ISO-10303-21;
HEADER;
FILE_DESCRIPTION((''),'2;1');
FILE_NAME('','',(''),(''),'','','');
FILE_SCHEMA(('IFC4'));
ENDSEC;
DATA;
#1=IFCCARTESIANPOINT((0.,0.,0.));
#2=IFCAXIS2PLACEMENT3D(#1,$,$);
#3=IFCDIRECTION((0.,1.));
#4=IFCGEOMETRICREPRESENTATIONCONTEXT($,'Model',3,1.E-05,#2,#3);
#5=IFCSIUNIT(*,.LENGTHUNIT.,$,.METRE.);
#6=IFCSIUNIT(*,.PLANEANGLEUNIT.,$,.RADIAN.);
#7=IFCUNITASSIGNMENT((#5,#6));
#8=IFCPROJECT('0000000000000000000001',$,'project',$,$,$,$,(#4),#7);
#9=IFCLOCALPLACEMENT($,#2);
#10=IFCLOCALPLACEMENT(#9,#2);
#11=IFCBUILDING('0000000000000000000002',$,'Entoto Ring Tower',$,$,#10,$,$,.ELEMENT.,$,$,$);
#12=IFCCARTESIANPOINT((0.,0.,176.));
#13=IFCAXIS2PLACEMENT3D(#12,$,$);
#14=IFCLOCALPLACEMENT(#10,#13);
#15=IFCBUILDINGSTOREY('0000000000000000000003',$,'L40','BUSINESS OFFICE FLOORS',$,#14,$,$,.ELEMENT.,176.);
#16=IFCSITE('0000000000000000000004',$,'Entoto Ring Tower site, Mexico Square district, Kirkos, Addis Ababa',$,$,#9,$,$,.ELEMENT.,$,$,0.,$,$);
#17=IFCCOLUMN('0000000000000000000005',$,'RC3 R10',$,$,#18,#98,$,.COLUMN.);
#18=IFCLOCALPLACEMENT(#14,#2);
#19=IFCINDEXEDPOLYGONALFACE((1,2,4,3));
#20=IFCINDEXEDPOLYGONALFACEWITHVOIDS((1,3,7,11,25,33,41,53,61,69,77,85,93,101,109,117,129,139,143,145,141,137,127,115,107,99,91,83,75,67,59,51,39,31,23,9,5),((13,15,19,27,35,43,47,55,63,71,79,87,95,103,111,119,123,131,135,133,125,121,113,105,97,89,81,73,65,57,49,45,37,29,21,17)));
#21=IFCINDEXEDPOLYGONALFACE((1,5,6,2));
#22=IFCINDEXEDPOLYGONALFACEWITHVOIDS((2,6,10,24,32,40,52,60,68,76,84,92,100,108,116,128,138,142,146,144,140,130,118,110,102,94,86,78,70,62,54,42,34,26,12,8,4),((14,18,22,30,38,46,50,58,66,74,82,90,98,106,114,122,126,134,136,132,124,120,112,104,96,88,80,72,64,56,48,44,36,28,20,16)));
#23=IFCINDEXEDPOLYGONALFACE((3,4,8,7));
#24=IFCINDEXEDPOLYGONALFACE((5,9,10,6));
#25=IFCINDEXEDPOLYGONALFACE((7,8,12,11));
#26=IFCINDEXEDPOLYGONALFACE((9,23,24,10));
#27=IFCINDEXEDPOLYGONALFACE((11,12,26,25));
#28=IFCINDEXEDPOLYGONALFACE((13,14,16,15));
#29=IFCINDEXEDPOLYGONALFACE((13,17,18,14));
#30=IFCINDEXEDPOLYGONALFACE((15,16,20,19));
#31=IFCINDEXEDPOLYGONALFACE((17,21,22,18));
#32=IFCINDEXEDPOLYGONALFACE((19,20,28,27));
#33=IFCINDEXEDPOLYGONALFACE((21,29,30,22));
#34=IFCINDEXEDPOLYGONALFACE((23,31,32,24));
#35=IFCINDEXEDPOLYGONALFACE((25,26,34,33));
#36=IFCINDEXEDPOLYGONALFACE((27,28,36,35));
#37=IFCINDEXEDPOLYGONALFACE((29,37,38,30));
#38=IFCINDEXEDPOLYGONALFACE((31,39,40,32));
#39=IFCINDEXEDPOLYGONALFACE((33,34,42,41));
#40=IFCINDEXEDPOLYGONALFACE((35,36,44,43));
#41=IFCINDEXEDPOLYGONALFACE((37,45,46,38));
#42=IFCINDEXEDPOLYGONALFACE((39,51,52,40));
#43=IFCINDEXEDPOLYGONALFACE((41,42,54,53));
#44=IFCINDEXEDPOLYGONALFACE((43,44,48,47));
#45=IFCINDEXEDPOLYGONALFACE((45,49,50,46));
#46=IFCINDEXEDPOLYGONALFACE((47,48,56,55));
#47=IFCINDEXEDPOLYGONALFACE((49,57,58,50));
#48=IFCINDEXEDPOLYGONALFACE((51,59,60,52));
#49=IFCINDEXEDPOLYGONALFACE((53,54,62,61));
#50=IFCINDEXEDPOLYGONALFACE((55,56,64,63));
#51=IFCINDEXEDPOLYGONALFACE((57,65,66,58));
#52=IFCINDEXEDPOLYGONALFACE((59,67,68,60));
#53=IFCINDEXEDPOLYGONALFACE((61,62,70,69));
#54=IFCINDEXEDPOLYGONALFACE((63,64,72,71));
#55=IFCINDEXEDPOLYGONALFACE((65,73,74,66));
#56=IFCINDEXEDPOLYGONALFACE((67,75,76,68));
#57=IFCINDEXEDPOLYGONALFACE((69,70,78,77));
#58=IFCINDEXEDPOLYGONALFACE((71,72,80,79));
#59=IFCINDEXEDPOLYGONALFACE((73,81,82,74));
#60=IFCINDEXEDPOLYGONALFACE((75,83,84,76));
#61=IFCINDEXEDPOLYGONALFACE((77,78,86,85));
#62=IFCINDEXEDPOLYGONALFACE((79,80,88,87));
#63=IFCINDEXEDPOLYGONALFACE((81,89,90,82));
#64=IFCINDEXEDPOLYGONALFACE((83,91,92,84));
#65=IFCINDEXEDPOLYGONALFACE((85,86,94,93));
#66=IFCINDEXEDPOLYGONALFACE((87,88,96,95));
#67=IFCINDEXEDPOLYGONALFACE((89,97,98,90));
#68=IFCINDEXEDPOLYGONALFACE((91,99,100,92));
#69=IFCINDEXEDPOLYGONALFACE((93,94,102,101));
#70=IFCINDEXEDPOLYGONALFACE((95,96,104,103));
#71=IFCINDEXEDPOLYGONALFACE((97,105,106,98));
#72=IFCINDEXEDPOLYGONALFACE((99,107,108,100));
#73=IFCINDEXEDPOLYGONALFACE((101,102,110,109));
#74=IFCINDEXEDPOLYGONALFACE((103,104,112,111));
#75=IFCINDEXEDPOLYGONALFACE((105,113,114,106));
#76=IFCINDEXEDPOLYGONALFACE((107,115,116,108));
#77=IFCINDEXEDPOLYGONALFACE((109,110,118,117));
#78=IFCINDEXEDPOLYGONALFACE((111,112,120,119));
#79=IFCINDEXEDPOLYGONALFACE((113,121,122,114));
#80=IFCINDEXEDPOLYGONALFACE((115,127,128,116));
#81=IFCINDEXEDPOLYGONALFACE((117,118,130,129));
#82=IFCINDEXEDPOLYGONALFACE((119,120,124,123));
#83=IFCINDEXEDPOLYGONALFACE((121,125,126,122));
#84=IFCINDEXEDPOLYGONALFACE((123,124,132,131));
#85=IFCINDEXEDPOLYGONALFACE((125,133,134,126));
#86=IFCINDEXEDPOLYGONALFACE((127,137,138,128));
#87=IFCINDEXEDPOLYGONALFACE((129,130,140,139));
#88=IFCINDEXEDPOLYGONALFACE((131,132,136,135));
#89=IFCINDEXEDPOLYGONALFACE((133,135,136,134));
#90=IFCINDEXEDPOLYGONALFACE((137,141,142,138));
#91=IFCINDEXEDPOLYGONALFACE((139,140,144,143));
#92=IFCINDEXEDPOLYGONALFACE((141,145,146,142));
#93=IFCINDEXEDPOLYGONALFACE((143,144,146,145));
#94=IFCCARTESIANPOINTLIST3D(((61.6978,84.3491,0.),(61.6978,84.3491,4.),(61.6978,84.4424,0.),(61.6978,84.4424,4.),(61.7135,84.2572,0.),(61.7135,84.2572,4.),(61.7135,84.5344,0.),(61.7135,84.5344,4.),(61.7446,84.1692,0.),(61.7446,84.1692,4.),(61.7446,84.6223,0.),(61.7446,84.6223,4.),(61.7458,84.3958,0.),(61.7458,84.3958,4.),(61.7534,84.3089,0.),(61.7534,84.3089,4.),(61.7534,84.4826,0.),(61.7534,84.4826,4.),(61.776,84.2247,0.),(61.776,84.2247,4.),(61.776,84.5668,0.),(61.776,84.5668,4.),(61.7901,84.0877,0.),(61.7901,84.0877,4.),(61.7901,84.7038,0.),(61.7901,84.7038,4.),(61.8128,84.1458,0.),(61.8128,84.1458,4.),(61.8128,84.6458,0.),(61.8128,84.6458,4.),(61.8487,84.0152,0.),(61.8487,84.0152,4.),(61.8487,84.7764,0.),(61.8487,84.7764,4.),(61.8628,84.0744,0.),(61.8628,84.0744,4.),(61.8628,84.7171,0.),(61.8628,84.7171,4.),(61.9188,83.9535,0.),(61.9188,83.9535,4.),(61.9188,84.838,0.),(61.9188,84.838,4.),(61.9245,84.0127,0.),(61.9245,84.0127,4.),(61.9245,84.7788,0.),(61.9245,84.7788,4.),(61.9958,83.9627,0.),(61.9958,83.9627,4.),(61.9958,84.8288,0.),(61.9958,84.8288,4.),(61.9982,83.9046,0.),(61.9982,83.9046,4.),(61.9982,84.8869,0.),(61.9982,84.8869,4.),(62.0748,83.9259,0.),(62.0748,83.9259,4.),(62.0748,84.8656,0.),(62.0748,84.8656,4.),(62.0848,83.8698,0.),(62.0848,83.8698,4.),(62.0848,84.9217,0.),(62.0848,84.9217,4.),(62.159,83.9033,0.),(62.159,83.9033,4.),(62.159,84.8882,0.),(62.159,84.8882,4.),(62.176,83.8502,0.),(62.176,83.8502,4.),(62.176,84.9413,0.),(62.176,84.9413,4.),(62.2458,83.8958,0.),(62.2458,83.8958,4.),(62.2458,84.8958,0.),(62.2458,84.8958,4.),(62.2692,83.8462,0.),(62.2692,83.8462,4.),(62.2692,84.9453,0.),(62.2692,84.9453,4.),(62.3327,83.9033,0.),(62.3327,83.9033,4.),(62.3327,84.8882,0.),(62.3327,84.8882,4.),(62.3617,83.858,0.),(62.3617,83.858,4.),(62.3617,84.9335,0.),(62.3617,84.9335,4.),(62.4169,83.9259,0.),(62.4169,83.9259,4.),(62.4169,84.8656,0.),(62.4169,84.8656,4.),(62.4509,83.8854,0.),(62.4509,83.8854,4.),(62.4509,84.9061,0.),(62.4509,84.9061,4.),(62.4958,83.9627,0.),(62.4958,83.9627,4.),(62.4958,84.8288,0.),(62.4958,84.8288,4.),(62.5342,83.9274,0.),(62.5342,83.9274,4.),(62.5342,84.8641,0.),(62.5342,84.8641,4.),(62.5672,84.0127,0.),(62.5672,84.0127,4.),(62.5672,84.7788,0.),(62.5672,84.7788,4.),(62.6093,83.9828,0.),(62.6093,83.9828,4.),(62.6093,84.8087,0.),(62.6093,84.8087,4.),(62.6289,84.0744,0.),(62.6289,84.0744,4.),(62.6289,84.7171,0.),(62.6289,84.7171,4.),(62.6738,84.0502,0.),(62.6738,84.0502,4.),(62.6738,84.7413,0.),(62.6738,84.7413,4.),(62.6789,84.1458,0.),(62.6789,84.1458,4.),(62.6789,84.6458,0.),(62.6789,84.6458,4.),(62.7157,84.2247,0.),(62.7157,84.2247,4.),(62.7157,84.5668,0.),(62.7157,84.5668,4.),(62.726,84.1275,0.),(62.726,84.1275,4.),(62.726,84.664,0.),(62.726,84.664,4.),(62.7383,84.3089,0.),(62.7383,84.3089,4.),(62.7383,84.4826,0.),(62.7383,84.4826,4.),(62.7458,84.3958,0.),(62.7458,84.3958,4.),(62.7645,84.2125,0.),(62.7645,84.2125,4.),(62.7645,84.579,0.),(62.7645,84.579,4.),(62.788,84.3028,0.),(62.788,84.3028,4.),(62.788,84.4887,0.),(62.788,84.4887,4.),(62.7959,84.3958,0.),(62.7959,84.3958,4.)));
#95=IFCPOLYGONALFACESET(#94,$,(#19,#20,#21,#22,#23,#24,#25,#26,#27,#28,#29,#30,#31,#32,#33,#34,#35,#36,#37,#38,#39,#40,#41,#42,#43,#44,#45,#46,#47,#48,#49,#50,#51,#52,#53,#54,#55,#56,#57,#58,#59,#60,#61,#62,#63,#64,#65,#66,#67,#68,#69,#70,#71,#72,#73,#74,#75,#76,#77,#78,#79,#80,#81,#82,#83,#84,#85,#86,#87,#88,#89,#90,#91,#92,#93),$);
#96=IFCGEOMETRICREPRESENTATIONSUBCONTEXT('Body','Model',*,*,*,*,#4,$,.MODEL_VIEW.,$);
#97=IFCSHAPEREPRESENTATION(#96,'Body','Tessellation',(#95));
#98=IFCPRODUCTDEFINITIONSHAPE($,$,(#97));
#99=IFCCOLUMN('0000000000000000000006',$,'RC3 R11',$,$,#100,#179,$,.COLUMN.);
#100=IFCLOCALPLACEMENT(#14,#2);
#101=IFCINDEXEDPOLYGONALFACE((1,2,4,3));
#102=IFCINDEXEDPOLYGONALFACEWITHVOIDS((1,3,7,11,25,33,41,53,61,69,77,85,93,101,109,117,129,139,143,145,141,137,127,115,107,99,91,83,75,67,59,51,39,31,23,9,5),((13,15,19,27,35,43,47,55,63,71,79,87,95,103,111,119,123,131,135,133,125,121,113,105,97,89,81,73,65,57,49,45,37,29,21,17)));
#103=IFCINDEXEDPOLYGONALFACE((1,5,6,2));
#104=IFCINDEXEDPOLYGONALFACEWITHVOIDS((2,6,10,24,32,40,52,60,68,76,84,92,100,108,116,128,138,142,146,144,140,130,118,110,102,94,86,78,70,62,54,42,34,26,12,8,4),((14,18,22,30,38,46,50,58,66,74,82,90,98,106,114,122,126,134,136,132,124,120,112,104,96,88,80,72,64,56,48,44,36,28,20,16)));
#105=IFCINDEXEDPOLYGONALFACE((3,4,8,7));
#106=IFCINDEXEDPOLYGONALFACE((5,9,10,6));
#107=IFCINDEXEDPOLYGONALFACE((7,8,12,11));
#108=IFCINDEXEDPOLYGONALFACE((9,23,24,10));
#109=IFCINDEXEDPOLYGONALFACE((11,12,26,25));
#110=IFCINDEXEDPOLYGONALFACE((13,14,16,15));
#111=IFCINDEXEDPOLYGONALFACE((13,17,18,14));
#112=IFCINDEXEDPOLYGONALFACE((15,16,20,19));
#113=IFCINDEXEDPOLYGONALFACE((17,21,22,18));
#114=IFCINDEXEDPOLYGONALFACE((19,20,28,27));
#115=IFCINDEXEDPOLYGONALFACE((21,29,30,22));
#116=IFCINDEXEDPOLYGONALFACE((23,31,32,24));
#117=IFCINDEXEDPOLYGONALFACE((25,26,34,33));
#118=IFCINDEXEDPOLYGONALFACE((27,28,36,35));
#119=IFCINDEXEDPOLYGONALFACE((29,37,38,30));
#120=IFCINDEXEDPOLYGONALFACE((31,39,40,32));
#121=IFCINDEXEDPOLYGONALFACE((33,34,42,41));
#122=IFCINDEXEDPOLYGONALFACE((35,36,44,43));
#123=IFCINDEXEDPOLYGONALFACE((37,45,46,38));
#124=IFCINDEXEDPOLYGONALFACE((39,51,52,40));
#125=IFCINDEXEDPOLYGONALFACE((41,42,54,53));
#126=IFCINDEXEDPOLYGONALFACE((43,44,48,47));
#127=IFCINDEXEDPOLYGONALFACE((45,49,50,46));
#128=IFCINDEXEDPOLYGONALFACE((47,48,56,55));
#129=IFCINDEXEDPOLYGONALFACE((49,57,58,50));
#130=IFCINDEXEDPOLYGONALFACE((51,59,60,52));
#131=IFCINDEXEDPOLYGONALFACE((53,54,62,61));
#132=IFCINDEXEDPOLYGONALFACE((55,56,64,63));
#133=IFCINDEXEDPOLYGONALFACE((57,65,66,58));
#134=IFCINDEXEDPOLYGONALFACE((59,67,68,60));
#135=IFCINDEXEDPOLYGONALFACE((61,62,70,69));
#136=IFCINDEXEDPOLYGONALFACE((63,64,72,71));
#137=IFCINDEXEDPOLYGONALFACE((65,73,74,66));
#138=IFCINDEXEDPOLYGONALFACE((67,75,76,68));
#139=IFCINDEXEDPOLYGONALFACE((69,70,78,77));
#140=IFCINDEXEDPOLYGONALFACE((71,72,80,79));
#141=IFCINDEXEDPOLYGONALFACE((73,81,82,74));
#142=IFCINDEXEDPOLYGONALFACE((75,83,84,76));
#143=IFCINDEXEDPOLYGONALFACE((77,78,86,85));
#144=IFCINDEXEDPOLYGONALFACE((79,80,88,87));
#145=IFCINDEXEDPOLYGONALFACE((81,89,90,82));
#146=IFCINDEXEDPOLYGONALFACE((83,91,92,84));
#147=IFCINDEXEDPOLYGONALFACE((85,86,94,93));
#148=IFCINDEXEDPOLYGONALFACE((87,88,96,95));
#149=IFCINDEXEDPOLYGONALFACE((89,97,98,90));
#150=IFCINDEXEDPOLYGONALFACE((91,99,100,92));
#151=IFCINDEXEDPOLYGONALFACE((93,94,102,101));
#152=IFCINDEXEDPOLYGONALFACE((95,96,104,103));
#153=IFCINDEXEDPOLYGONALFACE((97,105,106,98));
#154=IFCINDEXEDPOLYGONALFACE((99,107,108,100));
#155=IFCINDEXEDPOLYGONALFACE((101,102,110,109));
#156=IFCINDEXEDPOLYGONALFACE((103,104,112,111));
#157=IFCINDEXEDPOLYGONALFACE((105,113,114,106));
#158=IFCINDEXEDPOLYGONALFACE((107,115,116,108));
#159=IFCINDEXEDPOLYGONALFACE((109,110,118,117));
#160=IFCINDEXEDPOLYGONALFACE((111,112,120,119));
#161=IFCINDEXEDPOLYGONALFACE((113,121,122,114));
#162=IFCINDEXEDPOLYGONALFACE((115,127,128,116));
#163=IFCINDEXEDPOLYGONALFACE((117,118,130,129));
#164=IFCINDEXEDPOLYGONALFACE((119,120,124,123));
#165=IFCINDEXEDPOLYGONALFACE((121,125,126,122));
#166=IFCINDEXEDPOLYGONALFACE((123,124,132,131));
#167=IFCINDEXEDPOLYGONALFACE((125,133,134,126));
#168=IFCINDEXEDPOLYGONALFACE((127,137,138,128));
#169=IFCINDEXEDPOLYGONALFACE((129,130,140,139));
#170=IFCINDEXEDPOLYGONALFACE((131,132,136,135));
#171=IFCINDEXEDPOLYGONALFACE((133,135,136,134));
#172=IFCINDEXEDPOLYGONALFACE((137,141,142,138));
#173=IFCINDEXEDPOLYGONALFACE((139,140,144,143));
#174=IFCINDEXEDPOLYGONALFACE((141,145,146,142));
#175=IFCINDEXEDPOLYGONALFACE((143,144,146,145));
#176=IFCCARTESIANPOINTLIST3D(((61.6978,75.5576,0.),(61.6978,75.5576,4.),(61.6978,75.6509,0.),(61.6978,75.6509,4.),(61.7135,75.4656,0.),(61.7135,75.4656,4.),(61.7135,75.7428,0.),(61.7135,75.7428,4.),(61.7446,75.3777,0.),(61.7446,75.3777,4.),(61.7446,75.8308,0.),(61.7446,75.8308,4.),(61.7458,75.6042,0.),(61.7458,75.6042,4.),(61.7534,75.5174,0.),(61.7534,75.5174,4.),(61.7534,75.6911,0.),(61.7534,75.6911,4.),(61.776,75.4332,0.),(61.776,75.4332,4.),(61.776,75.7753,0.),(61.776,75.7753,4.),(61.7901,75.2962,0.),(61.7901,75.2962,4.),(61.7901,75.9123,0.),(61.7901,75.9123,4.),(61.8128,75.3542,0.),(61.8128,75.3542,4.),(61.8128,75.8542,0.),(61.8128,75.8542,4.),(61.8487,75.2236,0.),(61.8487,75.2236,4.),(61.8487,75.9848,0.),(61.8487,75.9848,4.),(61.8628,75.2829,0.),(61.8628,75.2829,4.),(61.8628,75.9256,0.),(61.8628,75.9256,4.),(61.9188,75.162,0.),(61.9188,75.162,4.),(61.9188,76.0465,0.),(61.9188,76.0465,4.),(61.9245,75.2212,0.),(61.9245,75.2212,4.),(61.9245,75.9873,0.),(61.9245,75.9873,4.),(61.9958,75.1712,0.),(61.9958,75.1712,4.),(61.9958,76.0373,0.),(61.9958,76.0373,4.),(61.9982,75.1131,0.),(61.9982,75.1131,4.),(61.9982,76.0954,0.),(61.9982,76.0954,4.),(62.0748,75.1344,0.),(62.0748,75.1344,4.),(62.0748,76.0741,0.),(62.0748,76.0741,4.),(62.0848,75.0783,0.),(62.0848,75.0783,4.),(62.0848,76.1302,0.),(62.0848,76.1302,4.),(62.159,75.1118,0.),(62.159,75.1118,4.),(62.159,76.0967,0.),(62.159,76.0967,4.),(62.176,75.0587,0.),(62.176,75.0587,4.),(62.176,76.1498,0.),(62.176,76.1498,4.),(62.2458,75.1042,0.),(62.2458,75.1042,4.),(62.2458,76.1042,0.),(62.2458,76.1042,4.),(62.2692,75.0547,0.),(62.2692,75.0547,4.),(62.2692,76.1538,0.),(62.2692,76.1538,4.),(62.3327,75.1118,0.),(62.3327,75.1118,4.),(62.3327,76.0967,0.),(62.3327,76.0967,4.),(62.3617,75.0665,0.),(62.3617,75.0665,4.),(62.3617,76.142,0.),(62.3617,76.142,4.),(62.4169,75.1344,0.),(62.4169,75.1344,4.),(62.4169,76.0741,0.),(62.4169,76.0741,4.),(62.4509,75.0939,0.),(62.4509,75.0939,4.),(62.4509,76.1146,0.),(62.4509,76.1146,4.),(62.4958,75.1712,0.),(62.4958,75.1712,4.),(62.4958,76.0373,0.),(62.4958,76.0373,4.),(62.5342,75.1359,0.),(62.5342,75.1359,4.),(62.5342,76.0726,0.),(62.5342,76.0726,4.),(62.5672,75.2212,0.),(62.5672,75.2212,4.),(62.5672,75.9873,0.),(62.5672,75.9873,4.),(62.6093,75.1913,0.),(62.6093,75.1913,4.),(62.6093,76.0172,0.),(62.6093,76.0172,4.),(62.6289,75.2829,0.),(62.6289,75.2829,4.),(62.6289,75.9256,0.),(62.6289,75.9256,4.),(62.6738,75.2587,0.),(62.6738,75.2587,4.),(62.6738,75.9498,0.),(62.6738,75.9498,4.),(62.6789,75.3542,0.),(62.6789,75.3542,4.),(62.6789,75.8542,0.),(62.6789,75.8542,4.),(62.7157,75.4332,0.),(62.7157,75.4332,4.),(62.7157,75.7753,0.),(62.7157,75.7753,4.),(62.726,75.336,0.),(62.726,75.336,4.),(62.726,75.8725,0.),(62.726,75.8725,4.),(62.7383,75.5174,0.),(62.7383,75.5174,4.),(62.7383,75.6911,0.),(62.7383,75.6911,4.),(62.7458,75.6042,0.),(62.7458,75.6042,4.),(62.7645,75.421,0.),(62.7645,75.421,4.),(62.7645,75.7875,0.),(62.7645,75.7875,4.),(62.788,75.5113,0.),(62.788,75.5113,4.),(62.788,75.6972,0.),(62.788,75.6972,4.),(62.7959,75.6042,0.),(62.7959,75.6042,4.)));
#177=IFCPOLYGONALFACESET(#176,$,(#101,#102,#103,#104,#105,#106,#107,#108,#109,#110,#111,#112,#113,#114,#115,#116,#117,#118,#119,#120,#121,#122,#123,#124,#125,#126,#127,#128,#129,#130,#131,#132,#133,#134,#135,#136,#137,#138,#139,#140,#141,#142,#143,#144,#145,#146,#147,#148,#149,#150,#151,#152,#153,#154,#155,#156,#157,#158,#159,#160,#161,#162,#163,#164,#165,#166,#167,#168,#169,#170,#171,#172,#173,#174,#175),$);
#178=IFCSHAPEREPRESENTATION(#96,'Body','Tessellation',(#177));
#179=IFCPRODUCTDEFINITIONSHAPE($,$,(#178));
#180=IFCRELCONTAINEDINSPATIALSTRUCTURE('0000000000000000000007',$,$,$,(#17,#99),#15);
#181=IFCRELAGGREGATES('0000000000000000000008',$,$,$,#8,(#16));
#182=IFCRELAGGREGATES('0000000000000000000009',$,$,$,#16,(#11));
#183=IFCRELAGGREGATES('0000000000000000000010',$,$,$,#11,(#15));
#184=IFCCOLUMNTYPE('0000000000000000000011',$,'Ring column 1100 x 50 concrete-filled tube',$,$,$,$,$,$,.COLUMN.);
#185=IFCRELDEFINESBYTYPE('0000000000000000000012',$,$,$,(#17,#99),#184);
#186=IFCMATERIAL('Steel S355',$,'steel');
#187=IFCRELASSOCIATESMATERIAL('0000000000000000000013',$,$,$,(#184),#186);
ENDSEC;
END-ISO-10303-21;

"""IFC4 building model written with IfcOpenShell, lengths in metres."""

from ifc_helpers import new_model, si_unit, direction, frame, origin, origin_2d, place, context, subcontext, project, spatial, circle, hollow_circle, extrude, material, material_profile, profile_set, type_object, element, save


model = new_model("IFC4")

# Units and contexts
model_context = context("Model", 3, precision=1e-05, world=origin(), true_north=direction((0.0, 1.0)))
body_context = subcontext(model_context, "Body", "Model", "MODEL_VIEW")
ifc_project = project(units=[si_unit("LENGTHUNIT", "METRE"), si_unit("PLANEANGLEUNIT", "RADIAN")], contexts=[model_context])

# Site, building, storey
site_placement = place(None, origin())
site = spatial("IfcSite", under=ifc_project, at=site_placement, Name="Entoto Ring Tower site, Mexico Square district, Kirkos, Addis Ababa", CompositionType="ELEMENT", RefElevation=0.0)
building_placement = place(site_placement, origin())
building = spatial("IfcBuilding", under=site, at=building_placement, Name="Entoto Ring Tower", CompositionType="ELEMENT")
storey_placement = place(building_placement, frame((0.0, 0.0, 176.0)))
storey = spatial("IfcBuildingStorey", under=building, at=storey_placement, Name="L40", Description="BUSINESS OFFICE FLOORS", CompositionType="ELEMENT", Elevation=176.0)

# Columns
ifc_material_1 = material(Name="Steel S355", Category="steel")
ifc_material_profile_1 = material_profile(ifc_material_1, hollow_circle(Radius=0.55, WallThickness=0.05, at=origin_2d()), Name="CHS 1100 x 50")
ifc_material_2 = material(Name="Concrete C60/75", Category="concrete")
ifc_material_profile_2 = material_profile(ifc_material_2, circle(Radius=0.5, at=origin_2d()), Name="Concrete C60/75 infill")
ifc_profile_set_1 = profile_set([ifc_material_profile_1, ifc_material_profile_2], Name="Steel S355")
column_type = type_object("IfcColumnType", Name="Ring column 1100 x 50 concrete-filled tube", PredefinedType="COLUMN", material=ifc_profile_set_1)
for number, where, z_axis, x_axis, name in (
    (1, (62.2458, 84.3958, 0.0), (0.0, 0.0, 1.0), (1.0, 0.0, 0.0), "RC3 R10"),
    (2, (62.2458, 75.6042, 0.0), (0.0, 0.0, 1.0), (1.0, 0.0, 0.0), "RC3 R11"),
):
    element("IfcColumn", number, at=place(storey_placement, frame(where, z_axis=z_axis, x_axis=x_axis)), inside=storey, type_object=column_type, Name=name, PredefinedType="COLUMN", context=body_context, shape_type="SweptSolid", body=[
        extrude(hollow_circle(Radius=0.55, WallThickness=0.05, at=origin_2d()), origin(), (0.0, 0.0, 1.0), 4.0),
    ])

save(model, "model.ifc")
